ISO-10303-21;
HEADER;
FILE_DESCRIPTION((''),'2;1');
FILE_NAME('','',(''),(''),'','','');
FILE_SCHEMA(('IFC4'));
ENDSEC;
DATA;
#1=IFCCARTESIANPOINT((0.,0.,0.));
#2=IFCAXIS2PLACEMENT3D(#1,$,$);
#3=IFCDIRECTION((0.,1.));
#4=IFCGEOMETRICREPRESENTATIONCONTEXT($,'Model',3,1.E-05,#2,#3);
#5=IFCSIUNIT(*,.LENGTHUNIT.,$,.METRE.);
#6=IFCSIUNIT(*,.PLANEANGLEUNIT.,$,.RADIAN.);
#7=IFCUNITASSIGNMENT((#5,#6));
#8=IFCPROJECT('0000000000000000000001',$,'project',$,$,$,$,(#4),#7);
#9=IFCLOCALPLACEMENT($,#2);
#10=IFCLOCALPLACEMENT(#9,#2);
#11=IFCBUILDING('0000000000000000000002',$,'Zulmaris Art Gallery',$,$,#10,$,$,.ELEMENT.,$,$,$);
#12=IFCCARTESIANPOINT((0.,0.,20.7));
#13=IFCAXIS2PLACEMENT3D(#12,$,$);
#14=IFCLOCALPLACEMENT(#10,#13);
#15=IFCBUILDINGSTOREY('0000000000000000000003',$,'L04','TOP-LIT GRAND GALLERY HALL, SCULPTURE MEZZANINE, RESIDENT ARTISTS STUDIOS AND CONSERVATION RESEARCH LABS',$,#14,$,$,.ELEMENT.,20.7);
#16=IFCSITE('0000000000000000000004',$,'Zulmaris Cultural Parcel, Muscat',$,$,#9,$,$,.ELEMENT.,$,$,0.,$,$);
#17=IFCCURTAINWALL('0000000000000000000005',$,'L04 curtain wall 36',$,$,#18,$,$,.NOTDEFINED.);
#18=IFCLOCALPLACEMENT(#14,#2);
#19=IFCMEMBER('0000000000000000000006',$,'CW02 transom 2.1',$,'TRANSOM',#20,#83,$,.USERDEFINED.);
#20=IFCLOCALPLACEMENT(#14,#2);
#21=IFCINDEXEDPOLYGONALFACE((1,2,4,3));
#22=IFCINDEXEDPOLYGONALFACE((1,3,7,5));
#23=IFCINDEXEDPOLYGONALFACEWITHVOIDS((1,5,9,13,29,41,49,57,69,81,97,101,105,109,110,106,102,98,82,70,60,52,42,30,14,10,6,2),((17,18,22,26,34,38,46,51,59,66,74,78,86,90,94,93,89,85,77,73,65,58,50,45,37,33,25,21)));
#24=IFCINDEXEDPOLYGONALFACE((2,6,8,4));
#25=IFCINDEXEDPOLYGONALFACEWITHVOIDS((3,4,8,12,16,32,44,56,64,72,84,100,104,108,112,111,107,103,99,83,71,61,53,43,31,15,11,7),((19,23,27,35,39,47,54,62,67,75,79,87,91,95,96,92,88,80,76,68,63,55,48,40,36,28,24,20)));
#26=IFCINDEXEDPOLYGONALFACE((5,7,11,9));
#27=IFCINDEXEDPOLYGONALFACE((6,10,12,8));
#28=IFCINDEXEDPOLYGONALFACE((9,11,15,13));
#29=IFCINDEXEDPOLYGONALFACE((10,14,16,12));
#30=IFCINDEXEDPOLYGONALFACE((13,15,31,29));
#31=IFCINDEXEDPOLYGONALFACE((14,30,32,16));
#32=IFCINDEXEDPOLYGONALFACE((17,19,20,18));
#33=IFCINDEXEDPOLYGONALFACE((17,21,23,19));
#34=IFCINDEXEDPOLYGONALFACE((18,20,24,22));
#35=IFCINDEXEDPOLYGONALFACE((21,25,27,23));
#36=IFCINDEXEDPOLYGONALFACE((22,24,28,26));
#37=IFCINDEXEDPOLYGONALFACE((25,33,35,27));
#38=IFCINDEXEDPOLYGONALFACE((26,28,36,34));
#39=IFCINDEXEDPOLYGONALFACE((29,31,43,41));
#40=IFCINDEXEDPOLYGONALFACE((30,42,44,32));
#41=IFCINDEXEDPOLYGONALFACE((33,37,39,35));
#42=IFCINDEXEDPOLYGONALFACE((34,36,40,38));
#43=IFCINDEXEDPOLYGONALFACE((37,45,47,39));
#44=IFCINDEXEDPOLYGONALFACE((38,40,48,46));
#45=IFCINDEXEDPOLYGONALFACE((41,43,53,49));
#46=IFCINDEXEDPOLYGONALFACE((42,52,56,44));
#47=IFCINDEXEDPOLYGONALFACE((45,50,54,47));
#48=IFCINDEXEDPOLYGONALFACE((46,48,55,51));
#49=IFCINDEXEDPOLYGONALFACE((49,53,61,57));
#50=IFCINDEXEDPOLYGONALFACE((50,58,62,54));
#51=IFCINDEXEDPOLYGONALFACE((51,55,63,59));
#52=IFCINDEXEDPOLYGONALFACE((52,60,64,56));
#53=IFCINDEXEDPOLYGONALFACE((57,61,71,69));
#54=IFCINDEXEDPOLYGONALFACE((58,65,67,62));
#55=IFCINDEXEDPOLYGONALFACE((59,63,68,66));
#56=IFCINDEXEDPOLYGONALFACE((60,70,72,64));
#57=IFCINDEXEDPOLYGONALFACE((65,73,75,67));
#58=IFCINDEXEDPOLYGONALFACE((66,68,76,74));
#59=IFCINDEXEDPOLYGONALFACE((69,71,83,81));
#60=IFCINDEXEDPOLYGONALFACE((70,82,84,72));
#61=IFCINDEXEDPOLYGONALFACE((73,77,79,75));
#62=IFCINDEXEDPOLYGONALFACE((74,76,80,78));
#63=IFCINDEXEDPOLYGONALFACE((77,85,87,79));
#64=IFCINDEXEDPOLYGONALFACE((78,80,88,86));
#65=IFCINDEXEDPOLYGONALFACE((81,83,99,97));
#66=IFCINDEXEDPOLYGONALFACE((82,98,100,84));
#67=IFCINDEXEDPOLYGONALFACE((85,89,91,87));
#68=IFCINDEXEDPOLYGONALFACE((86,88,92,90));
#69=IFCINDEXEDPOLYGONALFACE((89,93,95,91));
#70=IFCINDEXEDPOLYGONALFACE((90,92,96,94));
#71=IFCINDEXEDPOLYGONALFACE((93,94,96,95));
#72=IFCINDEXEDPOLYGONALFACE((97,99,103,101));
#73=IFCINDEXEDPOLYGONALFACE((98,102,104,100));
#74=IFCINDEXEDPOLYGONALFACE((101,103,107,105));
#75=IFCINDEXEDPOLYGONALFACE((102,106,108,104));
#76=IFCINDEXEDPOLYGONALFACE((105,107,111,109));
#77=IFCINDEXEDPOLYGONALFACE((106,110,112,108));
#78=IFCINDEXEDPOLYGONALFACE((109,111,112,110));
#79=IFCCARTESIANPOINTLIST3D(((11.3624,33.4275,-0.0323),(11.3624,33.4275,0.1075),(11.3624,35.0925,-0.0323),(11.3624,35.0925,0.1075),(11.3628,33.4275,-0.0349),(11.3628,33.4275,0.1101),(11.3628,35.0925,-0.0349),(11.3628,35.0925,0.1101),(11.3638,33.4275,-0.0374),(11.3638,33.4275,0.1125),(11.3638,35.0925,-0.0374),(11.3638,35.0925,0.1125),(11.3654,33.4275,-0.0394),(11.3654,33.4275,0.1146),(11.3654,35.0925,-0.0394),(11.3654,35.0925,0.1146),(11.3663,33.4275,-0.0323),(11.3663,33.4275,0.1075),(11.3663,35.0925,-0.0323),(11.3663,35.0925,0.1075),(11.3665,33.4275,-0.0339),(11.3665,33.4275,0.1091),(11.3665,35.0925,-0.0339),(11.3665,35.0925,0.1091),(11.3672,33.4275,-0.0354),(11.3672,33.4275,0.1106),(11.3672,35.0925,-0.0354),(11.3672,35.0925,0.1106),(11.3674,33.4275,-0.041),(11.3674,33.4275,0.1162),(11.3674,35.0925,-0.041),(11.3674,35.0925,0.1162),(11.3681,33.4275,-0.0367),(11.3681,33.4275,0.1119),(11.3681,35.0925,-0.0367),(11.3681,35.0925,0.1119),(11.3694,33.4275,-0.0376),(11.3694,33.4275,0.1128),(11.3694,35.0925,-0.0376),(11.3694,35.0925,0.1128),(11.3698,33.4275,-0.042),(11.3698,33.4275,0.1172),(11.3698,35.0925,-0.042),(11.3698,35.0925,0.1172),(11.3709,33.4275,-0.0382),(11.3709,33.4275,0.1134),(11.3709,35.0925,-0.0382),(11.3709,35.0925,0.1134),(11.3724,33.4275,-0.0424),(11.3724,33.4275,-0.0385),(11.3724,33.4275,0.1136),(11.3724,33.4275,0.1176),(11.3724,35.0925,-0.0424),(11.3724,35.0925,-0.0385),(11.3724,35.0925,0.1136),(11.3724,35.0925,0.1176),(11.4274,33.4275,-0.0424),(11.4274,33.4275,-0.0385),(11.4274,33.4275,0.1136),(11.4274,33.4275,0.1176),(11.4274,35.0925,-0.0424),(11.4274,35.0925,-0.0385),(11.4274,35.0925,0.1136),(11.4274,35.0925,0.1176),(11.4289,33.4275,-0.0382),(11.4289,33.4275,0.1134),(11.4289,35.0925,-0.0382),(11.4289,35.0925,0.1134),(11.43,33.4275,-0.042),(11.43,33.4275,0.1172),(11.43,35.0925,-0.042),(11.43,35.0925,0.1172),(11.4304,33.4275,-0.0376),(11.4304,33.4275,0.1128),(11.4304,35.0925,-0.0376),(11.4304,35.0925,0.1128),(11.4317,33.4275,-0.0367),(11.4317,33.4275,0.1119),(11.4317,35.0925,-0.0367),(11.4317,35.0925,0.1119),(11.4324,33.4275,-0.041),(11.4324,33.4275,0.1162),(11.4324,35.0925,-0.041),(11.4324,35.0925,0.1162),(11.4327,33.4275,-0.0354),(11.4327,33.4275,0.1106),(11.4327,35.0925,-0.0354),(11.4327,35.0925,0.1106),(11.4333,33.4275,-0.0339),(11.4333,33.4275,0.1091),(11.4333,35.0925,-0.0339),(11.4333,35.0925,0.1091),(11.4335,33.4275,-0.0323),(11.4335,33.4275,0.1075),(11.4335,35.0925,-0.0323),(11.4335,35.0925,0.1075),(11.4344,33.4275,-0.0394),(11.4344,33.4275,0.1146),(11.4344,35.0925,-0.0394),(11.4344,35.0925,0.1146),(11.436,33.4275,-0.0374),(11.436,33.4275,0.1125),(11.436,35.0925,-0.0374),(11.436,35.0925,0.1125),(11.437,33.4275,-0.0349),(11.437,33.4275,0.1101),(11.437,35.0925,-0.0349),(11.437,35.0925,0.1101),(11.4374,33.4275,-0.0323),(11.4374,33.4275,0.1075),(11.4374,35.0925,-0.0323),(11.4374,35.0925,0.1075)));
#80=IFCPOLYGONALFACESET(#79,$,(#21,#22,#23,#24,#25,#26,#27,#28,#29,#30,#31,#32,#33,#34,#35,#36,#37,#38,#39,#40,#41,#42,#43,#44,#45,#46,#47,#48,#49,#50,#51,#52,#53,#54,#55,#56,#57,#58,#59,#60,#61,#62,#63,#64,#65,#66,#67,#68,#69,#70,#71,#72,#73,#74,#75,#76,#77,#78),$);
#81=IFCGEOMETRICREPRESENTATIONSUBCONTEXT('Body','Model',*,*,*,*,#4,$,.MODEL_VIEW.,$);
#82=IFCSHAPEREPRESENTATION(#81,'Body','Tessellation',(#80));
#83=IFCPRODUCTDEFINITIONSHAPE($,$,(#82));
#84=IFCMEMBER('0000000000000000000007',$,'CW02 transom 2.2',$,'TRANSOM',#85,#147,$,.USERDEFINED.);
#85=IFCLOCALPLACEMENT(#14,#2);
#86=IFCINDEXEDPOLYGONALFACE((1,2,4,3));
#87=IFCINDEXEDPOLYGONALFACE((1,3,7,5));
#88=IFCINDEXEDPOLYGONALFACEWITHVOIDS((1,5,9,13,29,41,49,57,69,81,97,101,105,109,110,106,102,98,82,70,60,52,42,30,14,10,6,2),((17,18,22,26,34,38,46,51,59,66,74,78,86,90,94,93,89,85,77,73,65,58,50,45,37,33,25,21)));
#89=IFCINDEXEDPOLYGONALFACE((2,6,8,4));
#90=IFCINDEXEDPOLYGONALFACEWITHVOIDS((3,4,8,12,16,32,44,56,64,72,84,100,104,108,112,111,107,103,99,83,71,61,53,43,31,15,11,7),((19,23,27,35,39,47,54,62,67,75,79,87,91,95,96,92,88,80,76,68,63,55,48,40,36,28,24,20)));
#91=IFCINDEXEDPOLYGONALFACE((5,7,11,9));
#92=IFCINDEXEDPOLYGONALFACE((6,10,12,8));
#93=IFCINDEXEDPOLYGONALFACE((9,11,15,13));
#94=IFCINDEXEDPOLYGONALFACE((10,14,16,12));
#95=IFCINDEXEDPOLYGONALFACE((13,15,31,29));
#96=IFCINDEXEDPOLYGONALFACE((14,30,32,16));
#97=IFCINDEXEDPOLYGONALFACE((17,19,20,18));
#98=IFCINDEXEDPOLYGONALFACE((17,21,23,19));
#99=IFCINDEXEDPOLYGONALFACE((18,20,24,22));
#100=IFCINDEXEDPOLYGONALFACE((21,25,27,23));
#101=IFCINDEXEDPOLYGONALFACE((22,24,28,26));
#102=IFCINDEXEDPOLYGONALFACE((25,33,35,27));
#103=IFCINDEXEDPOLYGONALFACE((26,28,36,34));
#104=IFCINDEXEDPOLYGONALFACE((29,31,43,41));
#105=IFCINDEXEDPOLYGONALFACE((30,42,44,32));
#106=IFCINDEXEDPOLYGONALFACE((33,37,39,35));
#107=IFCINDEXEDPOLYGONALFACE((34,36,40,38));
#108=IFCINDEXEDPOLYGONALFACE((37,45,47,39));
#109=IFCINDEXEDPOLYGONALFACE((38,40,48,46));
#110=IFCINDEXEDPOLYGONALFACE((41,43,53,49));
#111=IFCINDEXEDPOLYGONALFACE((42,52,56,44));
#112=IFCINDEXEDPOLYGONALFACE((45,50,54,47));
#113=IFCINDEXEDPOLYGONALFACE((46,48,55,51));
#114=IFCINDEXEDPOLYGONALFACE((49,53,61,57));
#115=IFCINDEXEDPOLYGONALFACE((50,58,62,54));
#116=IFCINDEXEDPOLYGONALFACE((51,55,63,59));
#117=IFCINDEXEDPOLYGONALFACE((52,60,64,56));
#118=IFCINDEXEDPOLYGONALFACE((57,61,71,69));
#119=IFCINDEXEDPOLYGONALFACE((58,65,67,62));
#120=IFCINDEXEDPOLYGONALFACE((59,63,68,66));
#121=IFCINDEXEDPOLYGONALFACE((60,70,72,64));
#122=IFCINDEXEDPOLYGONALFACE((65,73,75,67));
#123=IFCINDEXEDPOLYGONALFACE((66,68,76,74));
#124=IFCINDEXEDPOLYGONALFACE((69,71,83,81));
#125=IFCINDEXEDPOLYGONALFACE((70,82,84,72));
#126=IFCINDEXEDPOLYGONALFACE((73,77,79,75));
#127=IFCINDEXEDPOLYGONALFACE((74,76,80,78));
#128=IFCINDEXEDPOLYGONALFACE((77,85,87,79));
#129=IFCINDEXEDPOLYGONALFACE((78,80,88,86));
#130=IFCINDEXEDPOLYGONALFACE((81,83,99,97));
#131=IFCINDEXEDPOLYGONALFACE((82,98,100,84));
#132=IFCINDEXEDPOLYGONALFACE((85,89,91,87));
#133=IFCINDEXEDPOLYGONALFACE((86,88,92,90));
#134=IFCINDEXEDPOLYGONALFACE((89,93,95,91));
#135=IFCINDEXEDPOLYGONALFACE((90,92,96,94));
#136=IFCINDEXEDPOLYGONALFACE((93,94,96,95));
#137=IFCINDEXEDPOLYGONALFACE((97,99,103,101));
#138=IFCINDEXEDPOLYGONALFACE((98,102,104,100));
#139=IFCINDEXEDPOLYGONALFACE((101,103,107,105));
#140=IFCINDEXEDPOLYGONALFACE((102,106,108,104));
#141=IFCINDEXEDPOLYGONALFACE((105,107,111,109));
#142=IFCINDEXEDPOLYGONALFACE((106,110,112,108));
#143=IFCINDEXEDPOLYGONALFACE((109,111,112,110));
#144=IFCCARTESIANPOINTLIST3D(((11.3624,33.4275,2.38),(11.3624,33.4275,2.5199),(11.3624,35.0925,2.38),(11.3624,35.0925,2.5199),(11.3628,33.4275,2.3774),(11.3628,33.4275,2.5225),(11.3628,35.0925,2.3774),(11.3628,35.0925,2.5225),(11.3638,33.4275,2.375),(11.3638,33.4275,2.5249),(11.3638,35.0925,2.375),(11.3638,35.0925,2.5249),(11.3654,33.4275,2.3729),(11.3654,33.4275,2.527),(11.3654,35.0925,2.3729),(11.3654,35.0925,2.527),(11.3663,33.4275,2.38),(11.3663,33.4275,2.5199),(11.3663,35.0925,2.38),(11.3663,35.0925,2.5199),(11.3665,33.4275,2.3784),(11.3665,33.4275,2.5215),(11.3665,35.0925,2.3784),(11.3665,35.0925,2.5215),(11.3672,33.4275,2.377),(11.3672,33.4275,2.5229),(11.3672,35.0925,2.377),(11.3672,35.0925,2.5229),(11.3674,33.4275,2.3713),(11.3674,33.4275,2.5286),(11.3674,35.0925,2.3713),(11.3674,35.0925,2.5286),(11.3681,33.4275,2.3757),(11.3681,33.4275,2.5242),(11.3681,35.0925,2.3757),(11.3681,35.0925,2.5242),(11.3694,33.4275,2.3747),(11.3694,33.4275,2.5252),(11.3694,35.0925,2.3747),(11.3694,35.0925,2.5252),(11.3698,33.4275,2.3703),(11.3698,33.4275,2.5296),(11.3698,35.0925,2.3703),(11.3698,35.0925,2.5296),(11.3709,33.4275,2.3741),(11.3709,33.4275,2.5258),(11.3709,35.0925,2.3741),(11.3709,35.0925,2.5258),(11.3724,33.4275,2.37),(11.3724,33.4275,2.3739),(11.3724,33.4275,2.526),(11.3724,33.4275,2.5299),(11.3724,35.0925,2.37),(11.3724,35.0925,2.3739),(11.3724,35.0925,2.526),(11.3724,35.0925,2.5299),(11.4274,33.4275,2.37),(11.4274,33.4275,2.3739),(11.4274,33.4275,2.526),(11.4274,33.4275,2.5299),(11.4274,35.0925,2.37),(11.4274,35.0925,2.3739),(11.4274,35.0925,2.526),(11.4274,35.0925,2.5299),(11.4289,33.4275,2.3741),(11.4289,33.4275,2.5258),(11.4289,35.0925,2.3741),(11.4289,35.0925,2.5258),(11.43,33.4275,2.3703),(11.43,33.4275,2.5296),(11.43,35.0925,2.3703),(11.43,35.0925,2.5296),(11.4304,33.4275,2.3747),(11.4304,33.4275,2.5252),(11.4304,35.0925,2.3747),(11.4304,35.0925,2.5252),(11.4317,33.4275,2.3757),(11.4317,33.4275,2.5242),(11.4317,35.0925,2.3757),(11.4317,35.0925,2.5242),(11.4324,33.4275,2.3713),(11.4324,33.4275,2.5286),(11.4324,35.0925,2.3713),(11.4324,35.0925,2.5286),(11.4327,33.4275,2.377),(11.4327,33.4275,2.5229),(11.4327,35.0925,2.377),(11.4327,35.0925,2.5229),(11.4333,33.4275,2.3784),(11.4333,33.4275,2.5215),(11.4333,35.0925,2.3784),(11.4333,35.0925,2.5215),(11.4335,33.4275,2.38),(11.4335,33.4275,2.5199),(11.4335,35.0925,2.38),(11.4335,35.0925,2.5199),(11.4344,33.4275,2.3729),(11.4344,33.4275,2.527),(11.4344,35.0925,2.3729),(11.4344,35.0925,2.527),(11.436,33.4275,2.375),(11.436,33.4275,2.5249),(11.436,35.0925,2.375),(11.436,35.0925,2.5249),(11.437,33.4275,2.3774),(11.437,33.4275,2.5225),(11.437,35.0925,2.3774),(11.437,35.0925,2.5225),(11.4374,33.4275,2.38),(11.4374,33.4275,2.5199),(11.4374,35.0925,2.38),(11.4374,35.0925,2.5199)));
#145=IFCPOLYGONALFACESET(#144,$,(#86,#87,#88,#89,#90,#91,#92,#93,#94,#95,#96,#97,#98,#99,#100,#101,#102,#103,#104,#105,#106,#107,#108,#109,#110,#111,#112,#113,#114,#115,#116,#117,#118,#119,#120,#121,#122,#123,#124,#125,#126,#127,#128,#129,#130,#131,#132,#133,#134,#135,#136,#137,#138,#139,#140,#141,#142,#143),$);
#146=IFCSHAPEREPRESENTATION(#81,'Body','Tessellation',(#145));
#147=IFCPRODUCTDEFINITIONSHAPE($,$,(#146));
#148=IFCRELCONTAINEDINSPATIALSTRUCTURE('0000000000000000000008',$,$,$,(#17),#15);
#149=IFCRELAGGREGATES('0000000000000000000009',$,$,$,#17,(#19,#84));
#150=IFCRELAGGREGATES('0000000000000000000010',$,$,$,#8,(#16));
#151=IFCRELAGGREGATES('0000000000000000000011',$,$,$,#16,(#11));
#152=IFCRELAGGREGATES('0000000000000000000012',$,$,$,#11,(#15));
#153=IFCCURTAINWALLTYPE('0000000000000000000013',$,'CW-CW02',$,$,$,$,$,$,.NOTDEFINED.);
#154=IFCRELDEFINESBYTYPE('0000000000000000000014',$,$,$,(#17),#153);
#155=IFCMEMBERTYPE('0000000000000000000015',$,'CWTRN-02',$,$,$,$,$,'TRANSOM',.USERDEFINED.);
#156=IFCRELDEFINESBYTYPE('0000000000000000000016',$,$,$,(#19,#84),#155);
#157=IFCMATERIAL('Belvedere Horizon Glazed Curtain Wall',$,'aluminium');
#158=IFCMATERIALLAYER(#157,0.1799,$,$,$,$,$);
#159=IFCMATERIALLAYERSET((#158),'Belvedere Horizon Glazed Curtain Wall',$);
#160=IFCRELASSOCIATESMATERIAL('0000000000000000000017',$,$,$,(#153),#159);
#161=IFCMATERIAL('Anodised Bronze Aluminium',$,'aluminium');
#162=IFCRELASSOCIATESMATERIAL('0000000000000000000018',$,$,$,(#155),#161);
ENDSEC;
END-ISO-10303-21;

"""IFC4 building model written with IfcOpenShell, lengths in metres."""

from ifc_helpers import new_model, si_unit, direction, frame, origin, origin_2d, place, context, subcontext, project, spatial, hollow_rectangle, extrude, material, layer, layer_set, material_profile, profile_set, type_object, element, aggregate, save


model = new_model("IFC4")

# Units and contexts
model_context = context("Model", 3, precision=1e-05, world=origin(), true_north=direction((0.0, 1.0)))
body_context = subcontext(model_context, "Body", "Model", "MODEL_VIEW")
ifc_project = project(units=[si_unit("LENGTHUNIT", "METRE"), si_unit("PLANEANGLEUNIT", "RADIAN")], contexts=[model_context])

# Site, building, storey
site_placement = place(None, origin())
site = spatial("IfcSite", under=ifc_project, at=site_placement, Name="Zulmaris Cultural Parcel, Muscat", CompositionType="ELEMENT", RefElevation=0.0)
building_placement = place(site_placement, origin())
building = spatial("IfcBuilding", under=site, at=building_placement, Name="Zulmaris Art Gallery", CompositionType="ELEMENT")
storey_placement = place(building_placement, frame((0.0, 0.0, 20.7)))
storey = spatial("IfcBuildingStorey", under=building, at=storey_placement, Name="L04", Description="TOP-LIT GRAND GALLERY HALL, SCULPTURE MEZZANINE, RESIDENT ARTISTS STUDIOS AND CONSERVATION RESEARCH LABS", CompositionType="ELEMENT", Elevation=20.7)

# Curtain wall, members
ifc_material_1 = material(Name="Belvedere Horizon Glazed Curtain Wall", Category="aluminium")
ifc_layer_1 = layer(ifc_material_1, 0.1799)
ifc_layer_set_1 = layer_set([ifc_layer_1], Name="Belvedere Horizon Glazed Curtain Wall")
curtain_wall_type = type_object("IfcCurtainWallType", Name="CW-CW02", PredefinedType="NOTDEFINED", material=ifc_layer_set_1)
curtain_wall_placement = place(storey_placement, origin())
curtain_wall = element("IfcCurtainWall", 1, at=curtain_wall_placement, inside=storey, type_object=curtain_wall_type, Name="L04 curtain wall 36", PredefinedType="NOTDEFINED")
ifc_material_2 = material(Name="Anodised Bronze Aluminium", Category="aluminium")
ifc_material_profile_1 = material_profile(ifc_material_2, hollow_rectangle(XDim=0.075, YDim=0.1599, WallThickness=0.0039, InnerFilletRadius=0.0061, OuterFilletRadius=0.01, at=origin_2d()), Name="ALU 75x160x4")
ifc_profile_set_1 = profile_set([ifc_material_profile_1], Name="Anodised Bronze Aluminium")
member_type_1 = type_object("IfcMemberType", Name="CWTRN-02", ElementType="TRANSOM", PredefinedType="USERDEFINED", material=ifc_profile_set_1)
member_1_placement = place(storey_placement, frame((11.3999, 33.4275, 0.0376), z_axis=(0.0, 1.0, 0.0), x_axis=(-1.0, 0.0, 0.0)))
member_1 = element("IfcMember", 2, at=member_1_placement, type_object=member_type_1, Name="CW02 transom 2.1", ObjectType="TRANSOM", PredefinedType="USERDEFINED", context=body_context, shape_type="SweptSolid", body=[
    extrude(hollow_rectangle(XDim=0.075, YDim=0.1599, WallThickness=0.0039, InnerFilletRadius=0.0061, OuterFilletRadius=0.01, at=origin_2d()), origin(), (0.0, 0.0, 1.0), 1.665),
])
member_2_placement = place(storey_placement, frame((11.3999, 33.4275, 2.45), z_axis=(0.0, 1.0, 0.0), x_axis=(-1.0, 0.0, 0.0)))
member_2 = element("IfcMember", 3, at=member_2_placement, type_object=member_type_1, Name="CW02 transom 2.2", ObjectType="TRANSOM", PredefinedType="USERDEFINED", context=body_context, shape_type="SweptSolid", body=[
    extrude(hollow_rectangle(XDim=0.075, YDim=0.1599, WallThickness=0.0039, InnerFilletRadius=0.0061, OuterFilletRadius=0.01, at=origin_2d()), origin(), (0.0, 0.0, 1.0), 1.665),
])

aggregate(curtain_wall, [member_1, member_2])

save(model, "model.ifc")
